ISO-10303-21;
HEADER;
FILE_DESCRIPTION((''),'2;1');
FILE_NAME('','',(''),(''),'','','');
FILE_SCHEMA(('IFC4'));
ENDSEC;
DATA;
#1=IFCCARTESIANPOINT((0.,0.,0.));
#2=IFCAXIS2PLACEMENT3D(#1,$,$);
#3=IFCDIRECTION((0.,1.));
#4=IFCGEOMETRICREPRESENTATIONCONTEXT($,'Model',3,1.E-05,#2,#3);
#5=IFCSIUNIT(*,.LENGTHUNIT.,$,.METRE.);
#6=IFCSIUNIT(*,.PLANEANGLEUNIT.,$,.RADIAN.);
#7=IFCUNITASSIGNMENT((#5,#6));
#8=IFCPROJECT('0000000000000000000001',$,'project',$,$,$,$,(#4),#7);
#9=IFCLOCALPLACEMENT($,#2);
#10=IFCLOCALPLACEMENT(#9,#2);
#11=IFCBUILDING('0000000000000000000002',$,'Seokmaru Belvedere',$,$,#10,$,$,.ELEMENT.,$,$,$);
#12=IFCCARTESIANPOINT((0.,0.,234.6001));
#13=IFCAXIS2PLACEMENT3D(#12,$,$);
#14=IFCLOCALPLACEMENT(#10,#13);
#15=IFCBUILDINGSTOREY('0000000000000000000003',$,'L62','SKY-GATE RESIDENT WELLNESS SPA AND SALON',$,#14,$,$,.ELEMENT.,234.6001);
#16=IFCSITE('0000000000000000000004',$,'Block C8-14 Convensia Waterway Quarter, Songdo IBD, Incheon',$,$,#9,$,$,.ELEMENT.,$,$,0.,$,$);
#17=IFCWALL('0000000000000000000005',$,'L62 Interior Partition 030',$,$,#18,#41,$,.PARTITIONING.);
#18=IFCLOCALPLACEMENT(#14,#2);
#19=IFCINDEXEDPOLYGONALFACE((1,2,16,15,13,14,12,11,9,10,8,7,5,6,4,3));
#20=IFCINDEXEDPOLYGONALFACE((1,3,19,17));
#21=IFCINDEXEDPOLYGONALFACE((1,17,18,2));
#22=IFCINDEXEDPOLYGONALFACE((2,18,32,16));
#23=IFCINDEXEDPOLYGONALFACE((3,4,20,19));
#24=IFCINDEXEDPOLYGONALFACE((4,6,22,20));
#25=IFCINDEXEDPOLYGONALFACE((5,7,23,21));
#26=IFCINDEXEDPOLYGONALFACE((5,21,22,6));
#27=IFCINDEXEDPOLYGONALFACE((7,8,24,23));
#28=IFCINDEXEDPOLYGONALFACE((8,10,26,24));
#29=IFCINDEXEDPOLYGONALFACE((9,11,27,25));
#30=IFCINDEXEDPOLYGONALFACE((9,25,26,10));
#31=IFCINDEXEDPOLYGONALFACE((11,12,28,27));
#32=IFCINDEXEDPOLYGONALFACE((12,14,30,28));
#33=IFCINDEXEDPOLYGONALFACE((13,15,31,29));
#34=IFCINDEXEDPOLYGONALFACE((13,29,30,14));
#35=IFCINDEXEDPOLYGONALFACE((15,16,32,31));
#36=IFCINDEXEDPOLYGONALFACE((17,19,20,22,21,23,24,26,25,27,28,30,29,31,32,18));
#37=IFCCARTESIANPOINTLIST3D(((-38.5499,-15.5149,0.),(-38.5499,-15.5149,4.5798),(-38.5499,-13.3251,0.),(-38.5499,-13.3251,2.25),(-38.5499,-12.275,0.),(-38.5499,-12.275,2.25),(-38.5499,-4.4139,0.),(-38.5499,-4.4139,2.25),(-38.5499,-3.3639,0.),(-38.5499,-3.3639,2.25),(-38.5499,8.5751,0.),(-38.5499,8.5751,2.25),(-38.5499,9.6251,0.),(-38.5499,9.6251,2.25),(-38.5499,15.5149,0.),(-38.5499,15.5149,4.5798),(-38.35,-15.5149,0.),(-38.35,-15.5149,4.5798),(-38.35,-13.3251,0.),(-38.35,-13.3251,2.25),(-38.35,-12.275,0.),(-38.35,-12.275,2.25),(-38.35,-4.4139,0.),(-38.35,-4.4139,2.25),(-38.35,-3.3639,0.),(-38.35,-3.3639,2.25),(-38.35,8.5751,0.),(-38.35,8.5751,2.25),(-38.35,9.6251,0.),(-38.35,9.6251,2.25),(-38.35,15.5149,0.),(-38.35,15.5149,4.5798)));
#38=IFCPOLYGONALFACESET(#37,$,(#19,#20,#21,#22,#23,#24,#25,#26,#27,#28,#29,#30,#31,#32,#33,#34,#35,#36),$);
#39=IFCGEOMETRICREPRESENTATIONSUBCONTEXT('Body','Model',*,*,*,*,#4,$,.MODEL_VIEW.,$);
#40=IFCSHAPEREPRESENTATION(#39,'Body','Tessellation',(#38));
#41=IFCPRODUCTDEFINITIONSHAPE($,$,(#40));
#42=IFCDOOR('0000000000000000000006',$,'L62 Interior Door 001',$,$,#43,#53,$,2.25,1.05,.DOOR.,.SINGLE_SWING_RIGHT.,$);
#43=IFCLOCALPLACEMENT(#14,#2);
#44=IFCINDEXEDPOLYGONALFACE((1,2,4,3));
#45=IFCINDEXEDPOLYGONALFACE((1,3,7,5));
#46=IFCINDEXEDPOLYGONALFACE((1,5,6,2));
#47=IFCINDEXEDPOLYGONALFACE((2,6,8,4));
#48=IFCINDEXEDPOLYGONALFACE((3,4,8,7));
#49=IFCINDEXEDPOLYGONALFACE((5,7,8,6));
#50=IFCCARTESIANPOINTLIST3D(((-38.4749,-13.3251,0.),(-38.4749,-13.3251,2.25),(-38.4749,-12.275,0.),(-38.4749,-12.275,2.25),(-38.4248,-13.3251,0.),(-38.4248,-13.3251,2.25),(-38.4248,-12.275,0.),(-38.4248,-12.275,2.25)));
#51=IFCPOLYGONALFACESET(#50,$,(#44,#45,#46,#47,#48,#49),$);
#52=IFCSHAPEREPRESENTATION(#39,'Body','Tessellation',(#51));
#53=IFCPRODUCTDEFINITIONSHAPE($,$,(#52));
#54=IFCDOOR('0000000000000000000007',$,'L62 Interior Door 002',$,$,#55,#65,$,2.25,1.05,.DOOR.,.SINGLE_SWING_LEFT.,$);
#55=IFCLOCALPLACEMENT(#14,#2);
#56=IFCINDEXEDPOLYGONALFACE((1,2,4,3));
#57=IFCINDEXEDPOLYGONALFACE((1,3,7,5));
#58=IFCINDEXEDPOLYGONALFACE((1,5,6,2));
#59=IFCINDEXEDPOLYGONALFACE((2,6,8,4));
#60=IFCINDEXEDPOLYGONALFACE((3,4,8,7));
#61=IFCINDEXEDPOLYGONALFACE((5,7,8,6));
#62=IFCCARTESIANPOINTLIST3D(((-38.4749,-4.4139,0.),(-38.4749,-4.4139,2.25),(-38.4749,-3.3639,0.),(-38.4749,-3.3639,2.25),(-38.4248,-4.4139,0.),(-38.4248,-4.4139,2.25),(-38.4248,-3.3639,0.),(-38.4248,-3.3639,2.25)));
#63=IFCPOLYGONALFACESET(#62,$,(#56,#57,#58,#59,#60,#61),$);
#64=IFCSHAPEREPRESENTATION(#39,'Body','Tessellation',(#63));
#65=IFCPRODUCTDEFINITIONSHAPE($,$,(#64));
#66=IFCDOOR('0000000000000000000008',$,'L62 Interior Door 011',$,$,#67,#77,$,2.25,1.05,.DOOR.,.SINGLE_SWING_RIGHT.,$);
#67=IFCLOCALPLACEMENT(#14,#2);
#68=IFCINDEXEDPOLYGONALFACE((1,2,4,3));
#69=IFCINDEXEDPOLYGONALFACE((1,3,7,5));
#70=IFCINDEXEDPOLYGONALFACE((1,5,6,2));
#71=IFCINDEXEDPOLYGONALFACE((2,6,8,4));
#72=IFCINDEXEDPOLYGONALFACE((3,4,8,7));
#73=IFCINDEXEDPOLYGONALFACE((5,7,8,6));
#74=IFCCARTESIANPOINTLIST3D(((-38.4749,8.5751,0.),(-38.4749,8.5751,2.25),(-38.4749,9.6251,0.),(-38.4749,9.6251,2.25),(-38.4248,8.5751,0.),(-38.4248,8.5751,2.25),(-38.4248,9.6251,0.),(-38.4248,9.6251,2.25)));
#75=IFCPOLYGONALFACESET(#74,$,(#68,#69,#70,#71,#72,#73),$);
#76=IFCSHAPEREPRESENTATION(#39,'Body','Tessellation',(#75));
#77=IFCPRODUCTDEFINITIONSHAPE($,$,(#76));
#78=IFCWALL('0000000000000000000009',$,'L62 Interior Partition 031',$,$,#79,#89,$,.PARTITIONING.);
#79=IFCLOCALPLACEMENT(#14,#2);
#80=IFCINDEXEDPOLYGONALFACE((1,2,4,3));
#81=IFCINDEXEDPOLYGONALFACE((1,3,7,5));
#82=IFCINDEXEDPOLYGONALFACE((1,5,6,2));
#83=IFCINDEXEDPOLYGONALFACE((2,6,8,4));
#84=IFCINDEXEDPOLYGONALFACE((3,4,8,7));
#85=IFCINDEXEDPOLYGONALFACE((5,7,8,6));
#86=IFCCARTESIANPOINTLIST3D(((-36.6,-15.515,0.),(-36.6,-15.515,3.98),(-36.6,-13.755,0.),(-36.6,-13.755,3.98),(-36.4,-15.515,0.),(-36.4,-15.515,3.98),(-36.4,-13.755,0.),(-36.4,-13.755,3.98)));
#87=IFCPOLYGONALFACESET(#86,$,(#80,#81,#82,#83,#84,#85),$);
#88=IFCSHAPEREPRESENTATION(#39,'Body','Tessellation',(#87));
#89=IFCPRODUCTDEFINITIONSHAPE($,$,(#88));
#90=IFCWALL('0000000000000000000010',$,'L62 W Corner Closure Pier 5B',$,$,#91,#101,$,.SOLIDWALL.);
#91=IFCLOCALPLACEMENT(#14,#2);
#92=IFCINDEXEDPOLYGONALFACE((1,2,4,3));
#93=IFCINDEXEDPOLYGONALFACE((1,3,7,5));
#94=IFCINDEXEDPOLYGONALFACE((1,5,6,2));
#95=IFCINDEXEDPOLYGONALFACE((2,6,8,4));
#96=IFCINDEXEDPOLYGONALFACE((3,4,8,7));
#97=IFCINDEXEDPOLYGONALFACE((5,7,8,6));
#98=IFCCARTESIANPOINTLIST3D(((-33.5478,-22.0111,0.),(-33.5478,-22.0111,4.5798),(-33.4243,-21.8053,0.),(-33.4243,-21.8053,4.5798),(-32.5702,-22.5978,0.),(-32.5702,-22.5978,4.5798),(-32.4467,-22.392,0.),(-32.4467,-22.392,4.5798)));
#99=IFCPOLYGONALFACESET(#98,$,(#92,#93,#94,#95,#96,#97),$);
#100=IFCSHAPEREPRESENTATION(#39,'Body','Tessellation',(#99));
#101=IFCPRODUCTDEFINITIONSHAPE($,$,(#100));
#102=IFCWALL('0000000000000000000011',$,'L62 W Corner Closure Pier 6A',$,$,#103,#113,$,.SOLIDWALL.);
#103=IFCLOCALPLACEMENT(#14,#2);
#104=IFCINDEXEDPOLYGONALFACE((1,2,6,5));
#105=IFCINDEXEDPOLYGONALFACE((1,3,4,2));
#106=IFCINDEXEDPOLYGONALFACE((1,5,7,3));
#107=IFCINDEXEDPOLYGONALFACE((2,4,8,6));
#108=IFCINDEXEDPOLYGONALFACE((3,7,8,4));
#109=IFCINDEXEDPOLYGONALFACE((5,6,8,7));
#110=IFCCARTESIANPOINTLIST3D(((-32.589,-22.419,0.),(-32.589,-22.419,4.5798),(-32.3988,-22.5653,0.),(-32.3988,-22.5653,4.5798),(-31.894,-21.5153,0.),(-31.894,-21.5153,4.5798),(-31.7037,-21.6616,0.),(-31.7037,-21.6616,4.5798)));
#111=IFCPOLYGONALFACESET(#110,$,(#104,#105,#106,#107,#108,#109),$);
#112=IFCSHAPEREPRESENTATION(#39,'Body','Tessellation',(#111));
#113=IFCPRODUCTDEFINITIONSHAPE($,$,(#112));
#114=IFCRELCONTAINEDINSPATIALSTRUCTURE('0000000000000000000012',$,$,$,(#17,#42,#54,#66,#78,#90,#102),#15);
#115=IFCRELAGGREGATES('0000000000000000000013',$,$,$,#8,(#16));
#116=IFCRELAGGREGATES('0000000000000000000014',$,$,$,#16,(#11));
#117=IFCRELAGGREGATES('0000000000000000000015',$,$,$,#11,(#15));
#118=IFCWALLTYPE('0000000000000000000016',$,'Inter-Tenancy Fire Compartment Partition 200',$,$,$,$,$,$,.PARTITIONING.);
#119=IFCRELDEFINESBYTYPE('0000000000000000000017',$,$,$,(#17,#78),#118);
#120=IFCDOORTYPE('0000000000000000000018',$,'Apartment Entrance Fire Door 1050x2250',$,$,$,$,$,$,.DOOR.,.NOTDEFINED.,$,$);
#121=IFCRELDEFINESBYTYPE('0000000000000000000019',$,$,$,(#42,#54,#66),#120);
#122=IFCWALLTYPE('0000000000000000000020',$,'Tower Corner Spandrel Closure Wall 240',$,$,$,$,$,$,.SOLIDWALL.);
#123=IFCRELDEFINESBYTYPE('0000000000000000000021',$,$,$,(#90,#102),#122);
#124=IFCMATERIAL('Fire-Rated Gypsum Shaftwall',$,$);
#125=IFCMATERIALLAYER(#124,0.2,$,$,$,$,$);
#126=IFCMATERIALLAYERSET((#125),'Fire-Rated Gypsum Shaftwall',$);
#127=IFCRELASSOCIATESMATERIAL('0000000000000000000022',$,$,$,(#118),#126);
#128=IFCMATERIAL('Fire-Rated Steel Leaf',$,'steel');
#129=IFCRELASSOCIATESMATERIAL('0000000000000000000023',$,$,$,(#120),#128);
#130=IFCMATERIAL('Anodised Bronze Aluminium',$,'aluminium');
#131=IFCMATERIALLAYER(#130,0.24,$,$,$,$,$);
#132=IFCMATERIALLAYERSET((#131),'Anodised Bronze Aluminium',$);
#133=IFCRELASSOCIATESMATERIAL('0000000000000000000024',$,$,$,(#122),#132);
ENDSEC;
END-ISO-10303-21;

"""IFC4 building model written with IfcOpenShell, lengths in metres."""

from ifc_helpers import new_model, si_unit, direction, frame, frame_2d, origin, place, context, subcontext, project, spatial, rectangle, extrude, source, transform, mapped, material, layer, layer_set, type_object, type_shapes, element, fill, save


model = new_model("IFC4")

# Units and contexts
model_context = context("Model", 3, precision=1e-05, world=origin(), true_north=direction((0.0, 1.0)))
body_context = subcontext(model_context, "Body", "Model", "MODEL_VIEW")
ifc_project = project(units=[si_unit("LENGTHUNIT", "METRE"), si_unit("PLANEANGLEUNIT", "RADIAN")], contexts=[model_context])

# Site, building, storey
site_placement = place(None, origin())
site = spatial("IfcSite", under=ifc_project, at=site_placement, Name="Block C8-14 Convensia Waterway Quarter, Songdo IBD, Incheon", CompositionType="ELEMENT", RefElevation=0.0)
building_placement = place(site_placement, origin())
building = spatial("IfcBuilding", under=site, at=building_placement, Name="Seokmaru Belvedere", CompositionType="ELEMENT")
storey_placement = place(building_placement, frame((0.0, 0.0, 234.6001)))
storey = spatial("IfcBuildingStorey", under=building, at=storey_placement, Name="L62", Description="SKY-GATE RESIDENT WELLNESS SPA AND SALON", CompositionType="ELEMENT", Elevation=234.6001)

# Shared definitions
ifc_material_1 = material(Name="Anodised Bronze Aluminium", Category="aluminium")

# Shared definitions
ifc_material_2 = material(Name="Fire-Rated Gypsum Shaftwall")
ifc_layer_1 = layer(ifc_material_2, 0.2)
ifc_layer_set_1 = layer_set([ifc_layer_1], Name="Fire-Rated Gypsum Shaftwall")
wall_type_1 = type_object("IfcWallType", Name="Inter-Tenancy Fire Compartment Partition 200", PredefinedType="PARTITIONING", material=ifc_layer_set_1)

# Wall, openings, doors
wall_1_placement = place(storey_placement, frame((-38.45, -15.5149, 0.0), z_axis=(0.0, 0.0, 1.0), x_axis=(0.0, 1.0, 0.0)))
wall_1 = element("IfcWall", 1, at=wall_1_placement, inside=storey, type_object=wall_type_1, Name="L62 Interior Partition 030", PredefinedType="PARTITIONING", context=body_context, shape_type="SweptSolid", body=[
    extrude(rectangle(XDim=31.0298, YDim=0.2, at=frame_2d((15.5149, 0.0))), origin(), (0.0, 0.0, 1.0), 4.5798),
])
opening_1_placement = place(wall_1_placement, frame((2.1899, 0.0, 0.0)))
opening_1 = element("IfcOpeningElement", 2, at=opening_1_placement, cuts=wall_1, PredefinedType="OPENING", context=body_context, shape_type="SweptSolid", body=[
    extrude(rectangle(XDim=1.05, YDim=2.25, at=frame_2d((0.5249, 1.125))), frame((0.0, 0.1099, 0.0), z_axis=(0.0, -1.0, 0.0), x_axis=(1.0, 0.0, 0.0)), (0.0, 0.0, 1.0), 0.22),
])
opening_2_placement = place(wall_1_placement, frame((11.1011, 0.0, 0.0)))
opening_2 = element("IfcOpeningElement", 3, at=opening_2_placement, cuts=wall_1, PredefinedType="OPENING", context=body_context, shape_type="SweptSolid", body=[
    extrude(rectangle(XDim=1.05, YDim=2.25, at=frame_2d((0.5249, 1.125))), frame((0.0, 0.1099, 0.0), z_axis=(0.0, -1.0, 0.0), x_axis=(1.0, 0.0, 0.0)), (0.0, 0.0, 1.0), 0.22),
])
opening_3_placement = place(wall_1_placement, frame((24.0901, 0.0, 0.0)))
opening_3 = element("IfcOpeningElement", 4, at=opening_3_placement, cuts=wall_1, PredefinedType="OPENING", context=body_context, shape_type="SweptSolid", body=[
    extrude(rectangle(XDim=1.05, YDim=2.25, at=frame_2d((0.5249, 1.125))), frame((0.0, 0.1099, 0.0), z_axis=(0.0, -1.0, 0.0), x_axis=(1.0, 0.0, 0.0)), (0.0, 0.0, 1.0), 0.22),
])
ifc_material_3 = material(Name="Fire-Rated Steel Leaf", Category="steel")
door_type = type_object("IfcDoorType", Name="Apartment Entrance Fire Door 1050x2250", OperationType="NOTDEFINED", PredefinedType="DOOR", material=ifc_material_3)
shared_shape_1 = source(origin(), body_context, "Body", "SweptSolid", [
    extrude(rectangle(XDim=1.05, YDim=2.25, at=frame_2d((0.5249, 1.125))), frame((0.0, 0.0249, 0.0), z_axis=(0.0, -1.0, 0.0), x_axis=(1.0, 0.0, 0.0)), (0.0, 0.0, 1.0), 0.05),
])
type_shapes(door_type, [shared_shape_1])
door_1_placement = place(opening_1_placement, origin())
door_1 = element("IfcDoor", 5, at=door_1_placement, inside=storey, type_object=door_type, Name="L62 Interior Door 001", OperationType="SINGLE_SWING_RIGHT", OverallHeight=2.25, OverallWidth=1.05, PredefinedType="DOOR", context=body_context, shape_type="MappedRepresentation", body=[
    mapped(shared_shape_1, transform((0.0, 0.0, 0.0), scale=1.0)),
])
fill(opening_1, door_1)
door_2_placement = place(opening_2_placement, origin())
door_2 = element("IfcDoor", 6, at=door_2_placement, inside=storey, type_object=door_type, Name="L62 Interior Door 002", OperationType="SINGLE_SWING_LEFT", OverallHeight=2.25, OverallWidth=1.05, PredefinedType="DOOR", context=body_context, shape_type="MappedRepresentation", body=[
    mapped(shared_shape_1, transform((0.0, 0.0, 0.0), scale=1.0)),
])
fill(opening_2, door_2)
door_3_placement = place(opening_3_placement, origin())
door_3 = element("IfcDoor", 7, at=door_3_placement, inside=storey, type_object=door_type, Name="L62 Interior Door 011", OperationType="SINGLE_SWING_RIGHT", OverallHeight=2.25, OverallWidth=1.05, PredefinedType="DOOR", context=body_context, shape_type="MappedRepresentation", body=[
    mapped(shared_shape_1, transform((0.0, 0.0, 0.0), scale=1.0)),
])
fill(opening_3, door_3)

# Walls
wall_2_placement = place(storey_placement, frame((-36.5, -15.5149, 0.0), z_axis=(0.0, 0.0, 1.0), x_axis=(0.0, 1.0, 0.0)))
element("IfcWall", 8, at=wall_2_placement, inside=storey, type_object=wall_type_1, Name="L62 Interior Partition 031", PredefinedType="PARTITIONING", context=body_context, shape_type="SweptSolid", body=[
    extrude(rectangle(XDim=1.76, YDim=0.2, at=frame_2d((0.8799, 0.0))), origin(), (0.0, 0.0, 1.0), 3.98),
])
ifc_layer_2 = layer(ifc_material_1, 0.24)
ifc_layer_set_2 = layer_set([ifc_layer_2], Name="Anodised Bronze Aluminium")
wall_type_2 = type_object("IfcWallType", Name="Tower Corner Spandrel Closure Wall 240", PredefinedType="SOLIDWALL", material=ifc_layer_set_2)
for number, where, z_axis, x_axis, name in (
    (9, (-33.4861, -21.9082, 0.0), (0.0, 0.0, 1.0), (0.857436, -0.51459, 0.0), "L62 W Corner Closure Pier 5B"),
    (10, (-32.4939, -22.4922, 0.0), (0.0, 0.0, 1.0), (0.609618, 0.792696, 0.0), "L62 W Corner Closure Pier 6A"),
):
    element("IfcWall", number, at=place(storey_placement, frame(where, z_axis=z_axis, x_axis=x_axis)), inside=storey, type_object=wall_type_2, Name=name, PredefinedType="SOLIDWALL", context=body_context, shape_type="SweptSolid", body=[
        extrude(rectangle(XDim=1.1401, YDim=0.24, at=frame_2d((0.5701, 0.0))), origin(), (0.0, 0.0, 1.0), 4.5798),
    ])

save(model, "model.ifc")
